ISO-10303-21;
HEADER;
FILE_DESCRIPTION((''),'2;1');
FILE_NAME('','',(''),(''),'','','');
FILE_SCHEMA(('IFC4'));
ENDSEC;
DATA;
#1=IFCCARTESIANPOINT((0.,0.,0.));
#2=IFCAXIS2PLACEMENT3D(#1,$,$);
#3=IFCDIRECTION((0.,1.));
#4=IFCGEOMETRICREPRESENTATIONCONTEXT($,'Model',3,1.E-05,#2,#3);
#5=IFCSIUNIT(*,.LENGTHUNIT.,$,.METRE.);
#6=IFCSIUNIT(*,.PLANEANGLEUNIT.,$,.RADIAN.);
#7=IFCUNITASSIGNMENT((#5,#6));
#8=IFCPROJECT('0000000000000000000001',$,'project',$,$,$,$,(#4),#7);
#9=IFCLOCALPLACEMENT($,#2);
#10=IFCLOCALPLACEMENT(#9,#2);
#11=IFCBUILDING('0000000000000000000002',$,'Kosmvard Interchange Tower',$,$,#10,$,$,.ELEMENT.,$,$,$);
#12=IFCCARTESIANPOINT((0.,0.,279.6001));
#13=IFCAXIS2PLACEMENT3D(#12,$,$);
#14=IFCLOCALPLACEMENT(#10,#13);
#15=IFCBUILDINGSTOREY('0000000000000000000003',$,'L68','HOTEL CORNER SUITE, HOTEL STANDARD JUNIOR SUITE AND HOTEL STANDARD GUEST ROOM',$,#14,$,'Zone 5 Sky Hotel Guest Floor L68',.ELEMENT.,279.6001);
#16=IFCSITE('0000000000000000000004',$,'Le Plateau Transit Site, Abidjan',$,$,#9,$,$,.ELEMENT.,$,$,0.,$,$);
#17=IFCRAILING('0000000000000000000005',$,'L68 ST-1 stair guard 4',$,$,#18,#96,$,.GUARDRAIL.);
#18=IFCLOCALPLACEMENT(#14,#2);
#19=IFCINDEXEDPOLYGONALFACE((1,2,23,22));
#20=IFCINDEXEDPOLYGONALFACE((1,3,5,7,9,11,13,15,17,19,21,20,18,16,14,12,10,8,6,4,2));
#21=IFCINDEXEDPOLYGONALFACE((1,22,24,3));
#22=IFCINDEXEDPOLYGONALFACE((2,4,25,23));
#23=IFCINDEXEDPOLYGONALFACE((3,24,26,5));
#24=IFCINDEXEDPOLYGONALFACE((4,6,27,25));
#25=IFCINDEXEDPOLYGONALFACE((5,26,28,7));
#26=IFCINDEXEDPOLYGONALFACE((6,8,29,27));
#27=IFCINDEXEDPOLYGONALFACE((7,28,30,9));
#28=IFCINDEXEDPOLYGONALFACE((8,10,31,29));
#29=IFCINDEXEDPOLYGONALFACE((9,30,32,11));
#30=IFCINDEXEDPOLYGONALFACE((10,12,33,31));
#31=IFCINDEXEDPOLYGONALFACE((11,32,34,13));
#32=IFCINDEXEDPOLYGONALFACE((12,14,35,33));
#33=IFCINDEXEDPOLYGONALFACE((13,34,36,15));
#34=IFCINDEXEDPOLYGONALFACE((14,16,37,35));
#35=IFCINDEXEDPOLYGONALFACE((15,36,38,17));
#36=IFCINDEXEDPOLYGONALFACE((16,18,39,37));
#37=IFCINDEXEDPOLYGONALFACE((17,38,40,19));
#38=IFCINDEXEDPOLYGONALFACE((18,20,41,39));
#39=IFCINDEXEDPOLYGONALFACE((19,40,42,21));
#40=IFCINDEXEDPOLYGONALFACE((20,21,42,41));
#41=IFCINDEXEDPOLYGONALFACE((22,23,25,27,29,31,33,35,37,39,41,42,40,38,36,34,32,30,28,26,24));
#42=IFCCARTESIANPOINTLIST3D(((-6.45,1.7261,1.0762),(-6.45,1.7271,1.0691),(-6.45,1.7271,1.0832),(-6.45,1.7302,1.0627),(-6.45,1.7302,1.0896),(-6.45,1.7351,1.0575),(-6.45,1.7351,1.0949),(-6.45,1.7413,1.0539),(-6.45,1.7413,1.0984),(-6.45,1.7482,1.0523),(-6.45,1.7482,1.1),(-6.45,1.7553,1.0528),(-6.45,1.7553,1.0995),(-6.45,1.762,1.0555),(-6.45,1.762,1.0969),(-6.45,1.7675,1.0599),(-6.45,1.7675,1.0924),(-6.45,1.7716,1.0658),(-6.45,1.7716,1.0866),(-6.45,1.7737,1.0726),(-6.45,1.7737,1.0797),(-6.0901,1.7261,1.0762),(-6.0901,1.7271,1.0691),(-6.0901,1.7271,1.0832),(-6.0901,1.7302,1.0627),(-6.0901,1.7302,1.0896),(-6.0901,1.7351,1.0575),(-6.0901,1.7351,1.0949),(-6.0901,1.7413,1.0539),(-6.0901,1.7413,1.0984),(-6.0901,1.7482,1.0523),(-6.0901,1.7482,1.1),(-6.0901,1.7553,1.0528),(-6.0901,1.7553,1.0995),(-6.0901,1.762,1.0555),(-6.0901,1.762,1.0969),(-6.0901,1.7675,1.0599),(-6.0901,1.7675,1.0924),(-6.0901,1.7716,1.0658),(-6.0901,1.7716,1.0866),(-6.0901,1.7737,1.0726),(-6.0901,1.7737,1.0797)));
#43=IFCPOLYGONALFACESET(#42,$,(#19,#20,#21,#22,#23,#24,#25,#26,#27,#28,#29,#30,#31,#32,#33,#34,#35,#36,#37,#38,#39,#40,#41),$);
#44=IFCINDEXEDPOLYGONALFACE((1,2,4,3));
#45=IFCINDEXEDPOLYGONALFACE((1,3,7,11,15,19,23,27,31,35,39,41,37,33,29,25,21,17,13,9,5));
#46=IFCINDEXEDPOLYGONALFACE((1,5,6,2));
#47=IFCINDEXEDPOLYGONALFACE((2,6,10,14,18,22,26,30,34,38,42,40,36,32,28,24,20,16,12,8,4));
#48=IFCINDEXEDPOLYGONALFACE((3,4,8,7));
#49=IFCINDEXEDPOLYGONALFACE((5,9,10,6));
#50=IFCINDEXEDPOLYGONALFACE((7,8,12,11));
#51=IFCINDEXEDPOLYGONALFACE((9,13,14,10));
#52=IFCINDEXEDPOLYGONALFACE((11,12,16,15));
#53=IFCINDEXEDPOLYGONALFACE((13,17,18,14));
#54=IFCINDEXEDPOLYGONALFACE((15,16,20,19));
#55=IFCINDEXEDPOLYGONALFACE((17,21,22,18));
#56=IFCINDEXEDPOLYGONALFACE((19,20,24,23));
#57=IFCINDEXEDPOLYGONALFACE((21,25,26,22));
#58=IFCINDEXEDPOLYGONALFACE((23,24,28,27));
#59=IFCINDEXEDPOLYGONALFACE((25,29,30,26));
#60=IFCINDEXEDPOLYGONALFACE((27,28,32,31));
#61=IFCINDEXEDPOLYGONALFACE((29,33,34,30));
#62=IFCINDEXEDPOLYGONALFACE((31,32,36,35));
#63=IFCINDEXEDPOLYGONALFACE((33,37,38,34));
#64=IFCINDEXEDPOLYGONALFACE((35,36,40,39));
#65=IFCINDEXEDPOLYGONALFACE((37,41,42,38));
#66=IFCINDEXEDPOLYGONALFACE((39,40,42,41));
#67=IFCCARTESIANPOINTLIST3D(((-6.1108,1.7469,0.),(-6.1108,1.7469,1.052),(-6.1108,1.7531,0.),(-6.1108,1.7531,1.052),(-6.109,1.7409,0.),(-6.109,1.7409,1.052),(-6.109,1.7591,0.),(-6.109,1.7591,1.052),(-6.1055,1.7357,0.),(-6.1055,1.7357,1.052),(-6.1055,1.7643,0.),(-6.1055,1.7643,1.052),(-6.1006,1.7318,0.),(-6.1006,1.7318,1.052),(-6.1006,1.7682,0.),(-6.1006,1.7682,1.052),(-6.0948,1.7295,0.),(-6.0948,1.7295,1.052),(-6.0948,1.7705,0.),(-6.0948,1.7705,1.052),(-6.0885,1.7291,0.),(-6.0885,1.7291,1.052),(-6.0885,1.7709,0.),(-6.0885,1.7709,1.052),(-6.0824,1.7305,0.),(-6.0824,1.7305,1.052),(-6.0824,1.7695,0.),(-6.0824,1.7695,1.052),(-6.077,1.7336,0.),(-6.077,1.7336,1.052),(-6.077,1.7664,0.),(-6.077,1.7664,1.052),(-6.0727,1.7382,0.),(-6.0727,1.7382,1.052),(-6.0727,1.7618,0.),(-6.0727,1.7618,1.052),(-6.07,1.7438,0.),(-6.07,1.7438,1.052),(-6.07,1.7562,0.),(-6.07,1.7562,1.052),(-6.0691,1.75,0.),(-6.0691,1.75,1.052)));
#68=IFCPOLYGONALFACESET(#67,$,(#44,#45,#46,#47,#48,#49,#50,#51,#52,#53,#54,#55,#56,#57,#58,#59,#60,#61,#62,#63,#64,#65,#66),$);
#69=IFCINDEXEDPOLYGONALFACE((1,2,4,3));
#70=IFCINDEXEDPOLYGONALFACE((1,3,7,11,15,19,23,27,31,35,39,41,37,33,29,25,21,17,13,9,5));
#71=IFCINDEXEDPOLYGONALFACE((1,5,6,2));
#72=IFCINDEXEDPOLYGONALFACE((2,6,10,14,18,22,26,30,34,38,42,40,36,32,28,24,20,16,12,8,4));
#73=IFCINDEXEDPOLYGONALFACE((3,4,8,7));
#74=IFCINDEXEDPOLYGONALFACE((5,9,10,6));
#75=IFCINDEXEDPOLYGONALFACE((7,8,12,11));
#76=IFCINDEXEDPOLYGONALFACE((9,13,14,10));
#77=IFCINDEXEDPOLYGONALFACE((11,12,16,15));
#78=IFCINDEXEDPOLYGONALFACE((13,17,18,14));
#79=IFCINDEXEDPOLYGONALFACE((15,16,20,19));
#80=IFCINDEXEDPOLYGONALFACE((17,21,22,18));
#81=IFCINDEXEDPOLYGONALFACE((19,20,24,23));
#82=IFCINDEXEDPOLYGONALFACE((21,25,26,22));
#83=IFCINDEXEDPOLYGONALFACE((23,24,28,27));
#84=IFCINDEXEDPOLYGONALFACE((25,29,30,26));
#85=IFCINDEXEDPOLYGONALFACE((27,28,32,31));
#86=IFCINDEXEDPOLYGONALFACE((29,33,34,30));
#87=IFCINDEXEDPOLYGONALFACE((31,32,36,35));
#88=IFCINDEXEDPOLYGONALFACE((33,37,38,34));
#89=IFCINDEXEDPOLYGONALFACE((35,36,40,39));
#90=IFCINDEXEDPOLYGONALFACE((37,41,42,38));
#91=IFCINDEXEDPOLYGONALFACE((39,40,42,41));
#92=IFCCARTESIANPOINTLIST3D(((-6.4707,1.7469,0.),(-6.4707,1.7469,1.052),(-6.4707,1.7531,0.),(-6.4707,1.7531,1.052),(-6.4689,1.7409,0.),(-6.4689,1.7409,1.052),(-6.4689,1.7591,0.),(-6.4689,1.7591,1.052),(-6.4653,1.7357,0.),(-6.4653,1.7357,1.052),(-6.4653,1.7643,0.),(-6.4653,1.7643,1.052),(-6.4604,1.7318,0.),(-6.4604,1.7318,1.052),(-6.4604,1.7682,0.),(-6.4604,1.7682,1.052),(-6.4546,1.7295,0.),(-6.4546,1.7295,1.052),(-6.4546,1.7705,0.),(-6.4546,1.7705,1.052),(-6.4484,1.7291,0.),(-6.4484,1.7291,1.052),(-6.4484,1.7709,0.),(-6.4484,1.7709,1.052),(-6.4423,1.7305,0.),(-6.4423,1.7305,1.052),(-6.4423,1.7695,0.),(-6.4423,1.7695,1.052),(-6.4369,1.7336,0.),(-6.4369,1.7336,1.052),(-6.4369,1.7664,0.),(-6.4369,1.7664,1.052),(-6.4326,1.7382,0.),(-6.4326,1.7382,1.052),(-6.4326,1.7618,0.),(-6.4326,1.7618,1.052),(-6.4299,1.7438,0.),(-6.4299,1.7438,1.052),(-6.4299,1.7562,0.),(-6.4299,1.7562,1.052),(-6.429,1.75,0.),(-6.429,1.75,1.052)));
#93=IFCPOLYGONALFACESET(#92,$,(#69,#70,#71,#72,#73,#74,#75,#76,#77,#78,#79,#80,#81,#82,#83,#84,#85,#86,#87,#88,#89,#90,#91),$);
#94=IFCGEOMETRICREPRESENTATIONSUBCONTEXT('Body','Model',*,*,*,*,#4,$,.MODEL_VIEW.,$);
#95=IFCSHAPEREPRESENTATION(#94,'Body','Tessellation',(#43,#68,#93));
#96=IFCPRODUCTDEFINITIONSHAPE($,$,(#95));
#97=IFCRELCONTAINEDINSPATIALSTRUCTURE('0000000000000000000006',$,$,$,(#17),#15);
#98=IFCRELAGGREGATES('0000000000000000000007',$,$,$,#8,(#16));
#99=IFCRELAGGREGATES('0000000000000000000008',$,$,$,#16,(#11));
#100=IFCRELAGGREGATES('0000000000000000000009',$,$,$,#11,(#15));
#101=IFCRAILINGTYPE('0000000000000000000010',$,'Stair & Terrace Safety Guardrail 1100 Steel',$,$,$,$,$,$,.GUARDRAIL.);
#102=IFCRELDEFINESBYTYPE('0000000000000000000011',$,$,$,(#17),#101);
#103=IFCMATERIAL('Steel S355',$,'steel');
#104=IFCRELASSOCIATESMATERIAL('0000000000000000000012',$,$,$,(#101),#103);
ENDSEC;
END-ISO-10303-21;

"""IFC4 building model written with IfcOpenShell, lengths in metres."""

from ifc_helpers import new_model, si_unit, direction, frame, origin, origin_2d, place, context, subcontext, project, spatial, circle, extrude, source, transform, mapped, material, type_object, element, save


model = new_model("IFC4")

# Units and contexts
model_context = context("Model", 3, precision=1e-05, world=origin(), true_north=direction((0.0, 1.0)))
body_context = subcontext(model_context, "Body", "Model", "MODEL_VIEW")
ifc_project = project(units=[si_unit("LENGTHUNIT", "METRE"), si_unit("PLANEANGLEUNIT", "RADIAN")], contexts=[model_context])

# Site, building, storey
site_placement = place(None, origin())
site = spatial("IfcSite", under=ifc_project, at=site_placement, Name="Le Plateau Transit Site, Abidjan", CompositionType="ELEMENT", RefElevation=0.0)
building_placement = place(site_placement, origin())
building = spatial("IfcBuilding", under=site, at=building_placement, Name="Kosmvard Interchange Tower", CompositionType="ELEMENT")
storey_placement = place(building_placement, frame((0.0, 0.0, 279.6001)))
storey = spatial("IfcBuildingStorey", under=building, at=storey_placement, Name="L68", Description="HOTEL CORNER SUITE, HOTEL STANDARD JUNIOR SUITE AND HOTEL STANDARD GUEST ROOM", LongName="Zone 5 Sky Hotel Guest Floor L68", CompositionType="ELEMENT", Elevation=279.6001)

# Shared definitions
ifc_material_1 = material(Name="Steel S355", Category="steel")

# Railing
railing_type_1 = type_object("IfcRailingType", Name="Stair & Terrace Safety Guardrail 1100 Steel", PredefinedType="GUARDRAIL", material=ifc_material_1)
shared_shape_1 = source(origin(), body_context, "Body", "SweptSolid", [
    extrude(circle(Radius=0.0239, at=origin_2d()), frame((0.0, 0.0, 1.0762), z_axis=(-1.0, 0.0, 0.0), x_axis=(0.0, -1.0, 0.0)), (0.0, 0.0, 1.0), 0.3599),
    extrude(circle(Radius=0.021, at=origin_2d()), origin(), (0.0, 0.0, 1.0), 1.052),
    extrude(circle(Radius=0.021, at=origin_2d()), frame((-0.3599, 0.0, 0.0)), (0.0, 0.0, 1.0), 1.052),
])
railing_1_placement = place(storey_placement, frame((-6.0901, 1.75, 0.0)))
element("IfcRailing", 1, at=railing_1_placement, inside=storey, type_object=railing_type_1, Name="L68 ST-1 stair guard 4", PredefinedType="GUARDRAIL", context=body_context, shape_type="MappedRepresentation", body=[
    mapped(shared_shape_1, transform((0.0, 0.0, 0.0), scale=1.0)),
])

save(model, "model.ifc")
